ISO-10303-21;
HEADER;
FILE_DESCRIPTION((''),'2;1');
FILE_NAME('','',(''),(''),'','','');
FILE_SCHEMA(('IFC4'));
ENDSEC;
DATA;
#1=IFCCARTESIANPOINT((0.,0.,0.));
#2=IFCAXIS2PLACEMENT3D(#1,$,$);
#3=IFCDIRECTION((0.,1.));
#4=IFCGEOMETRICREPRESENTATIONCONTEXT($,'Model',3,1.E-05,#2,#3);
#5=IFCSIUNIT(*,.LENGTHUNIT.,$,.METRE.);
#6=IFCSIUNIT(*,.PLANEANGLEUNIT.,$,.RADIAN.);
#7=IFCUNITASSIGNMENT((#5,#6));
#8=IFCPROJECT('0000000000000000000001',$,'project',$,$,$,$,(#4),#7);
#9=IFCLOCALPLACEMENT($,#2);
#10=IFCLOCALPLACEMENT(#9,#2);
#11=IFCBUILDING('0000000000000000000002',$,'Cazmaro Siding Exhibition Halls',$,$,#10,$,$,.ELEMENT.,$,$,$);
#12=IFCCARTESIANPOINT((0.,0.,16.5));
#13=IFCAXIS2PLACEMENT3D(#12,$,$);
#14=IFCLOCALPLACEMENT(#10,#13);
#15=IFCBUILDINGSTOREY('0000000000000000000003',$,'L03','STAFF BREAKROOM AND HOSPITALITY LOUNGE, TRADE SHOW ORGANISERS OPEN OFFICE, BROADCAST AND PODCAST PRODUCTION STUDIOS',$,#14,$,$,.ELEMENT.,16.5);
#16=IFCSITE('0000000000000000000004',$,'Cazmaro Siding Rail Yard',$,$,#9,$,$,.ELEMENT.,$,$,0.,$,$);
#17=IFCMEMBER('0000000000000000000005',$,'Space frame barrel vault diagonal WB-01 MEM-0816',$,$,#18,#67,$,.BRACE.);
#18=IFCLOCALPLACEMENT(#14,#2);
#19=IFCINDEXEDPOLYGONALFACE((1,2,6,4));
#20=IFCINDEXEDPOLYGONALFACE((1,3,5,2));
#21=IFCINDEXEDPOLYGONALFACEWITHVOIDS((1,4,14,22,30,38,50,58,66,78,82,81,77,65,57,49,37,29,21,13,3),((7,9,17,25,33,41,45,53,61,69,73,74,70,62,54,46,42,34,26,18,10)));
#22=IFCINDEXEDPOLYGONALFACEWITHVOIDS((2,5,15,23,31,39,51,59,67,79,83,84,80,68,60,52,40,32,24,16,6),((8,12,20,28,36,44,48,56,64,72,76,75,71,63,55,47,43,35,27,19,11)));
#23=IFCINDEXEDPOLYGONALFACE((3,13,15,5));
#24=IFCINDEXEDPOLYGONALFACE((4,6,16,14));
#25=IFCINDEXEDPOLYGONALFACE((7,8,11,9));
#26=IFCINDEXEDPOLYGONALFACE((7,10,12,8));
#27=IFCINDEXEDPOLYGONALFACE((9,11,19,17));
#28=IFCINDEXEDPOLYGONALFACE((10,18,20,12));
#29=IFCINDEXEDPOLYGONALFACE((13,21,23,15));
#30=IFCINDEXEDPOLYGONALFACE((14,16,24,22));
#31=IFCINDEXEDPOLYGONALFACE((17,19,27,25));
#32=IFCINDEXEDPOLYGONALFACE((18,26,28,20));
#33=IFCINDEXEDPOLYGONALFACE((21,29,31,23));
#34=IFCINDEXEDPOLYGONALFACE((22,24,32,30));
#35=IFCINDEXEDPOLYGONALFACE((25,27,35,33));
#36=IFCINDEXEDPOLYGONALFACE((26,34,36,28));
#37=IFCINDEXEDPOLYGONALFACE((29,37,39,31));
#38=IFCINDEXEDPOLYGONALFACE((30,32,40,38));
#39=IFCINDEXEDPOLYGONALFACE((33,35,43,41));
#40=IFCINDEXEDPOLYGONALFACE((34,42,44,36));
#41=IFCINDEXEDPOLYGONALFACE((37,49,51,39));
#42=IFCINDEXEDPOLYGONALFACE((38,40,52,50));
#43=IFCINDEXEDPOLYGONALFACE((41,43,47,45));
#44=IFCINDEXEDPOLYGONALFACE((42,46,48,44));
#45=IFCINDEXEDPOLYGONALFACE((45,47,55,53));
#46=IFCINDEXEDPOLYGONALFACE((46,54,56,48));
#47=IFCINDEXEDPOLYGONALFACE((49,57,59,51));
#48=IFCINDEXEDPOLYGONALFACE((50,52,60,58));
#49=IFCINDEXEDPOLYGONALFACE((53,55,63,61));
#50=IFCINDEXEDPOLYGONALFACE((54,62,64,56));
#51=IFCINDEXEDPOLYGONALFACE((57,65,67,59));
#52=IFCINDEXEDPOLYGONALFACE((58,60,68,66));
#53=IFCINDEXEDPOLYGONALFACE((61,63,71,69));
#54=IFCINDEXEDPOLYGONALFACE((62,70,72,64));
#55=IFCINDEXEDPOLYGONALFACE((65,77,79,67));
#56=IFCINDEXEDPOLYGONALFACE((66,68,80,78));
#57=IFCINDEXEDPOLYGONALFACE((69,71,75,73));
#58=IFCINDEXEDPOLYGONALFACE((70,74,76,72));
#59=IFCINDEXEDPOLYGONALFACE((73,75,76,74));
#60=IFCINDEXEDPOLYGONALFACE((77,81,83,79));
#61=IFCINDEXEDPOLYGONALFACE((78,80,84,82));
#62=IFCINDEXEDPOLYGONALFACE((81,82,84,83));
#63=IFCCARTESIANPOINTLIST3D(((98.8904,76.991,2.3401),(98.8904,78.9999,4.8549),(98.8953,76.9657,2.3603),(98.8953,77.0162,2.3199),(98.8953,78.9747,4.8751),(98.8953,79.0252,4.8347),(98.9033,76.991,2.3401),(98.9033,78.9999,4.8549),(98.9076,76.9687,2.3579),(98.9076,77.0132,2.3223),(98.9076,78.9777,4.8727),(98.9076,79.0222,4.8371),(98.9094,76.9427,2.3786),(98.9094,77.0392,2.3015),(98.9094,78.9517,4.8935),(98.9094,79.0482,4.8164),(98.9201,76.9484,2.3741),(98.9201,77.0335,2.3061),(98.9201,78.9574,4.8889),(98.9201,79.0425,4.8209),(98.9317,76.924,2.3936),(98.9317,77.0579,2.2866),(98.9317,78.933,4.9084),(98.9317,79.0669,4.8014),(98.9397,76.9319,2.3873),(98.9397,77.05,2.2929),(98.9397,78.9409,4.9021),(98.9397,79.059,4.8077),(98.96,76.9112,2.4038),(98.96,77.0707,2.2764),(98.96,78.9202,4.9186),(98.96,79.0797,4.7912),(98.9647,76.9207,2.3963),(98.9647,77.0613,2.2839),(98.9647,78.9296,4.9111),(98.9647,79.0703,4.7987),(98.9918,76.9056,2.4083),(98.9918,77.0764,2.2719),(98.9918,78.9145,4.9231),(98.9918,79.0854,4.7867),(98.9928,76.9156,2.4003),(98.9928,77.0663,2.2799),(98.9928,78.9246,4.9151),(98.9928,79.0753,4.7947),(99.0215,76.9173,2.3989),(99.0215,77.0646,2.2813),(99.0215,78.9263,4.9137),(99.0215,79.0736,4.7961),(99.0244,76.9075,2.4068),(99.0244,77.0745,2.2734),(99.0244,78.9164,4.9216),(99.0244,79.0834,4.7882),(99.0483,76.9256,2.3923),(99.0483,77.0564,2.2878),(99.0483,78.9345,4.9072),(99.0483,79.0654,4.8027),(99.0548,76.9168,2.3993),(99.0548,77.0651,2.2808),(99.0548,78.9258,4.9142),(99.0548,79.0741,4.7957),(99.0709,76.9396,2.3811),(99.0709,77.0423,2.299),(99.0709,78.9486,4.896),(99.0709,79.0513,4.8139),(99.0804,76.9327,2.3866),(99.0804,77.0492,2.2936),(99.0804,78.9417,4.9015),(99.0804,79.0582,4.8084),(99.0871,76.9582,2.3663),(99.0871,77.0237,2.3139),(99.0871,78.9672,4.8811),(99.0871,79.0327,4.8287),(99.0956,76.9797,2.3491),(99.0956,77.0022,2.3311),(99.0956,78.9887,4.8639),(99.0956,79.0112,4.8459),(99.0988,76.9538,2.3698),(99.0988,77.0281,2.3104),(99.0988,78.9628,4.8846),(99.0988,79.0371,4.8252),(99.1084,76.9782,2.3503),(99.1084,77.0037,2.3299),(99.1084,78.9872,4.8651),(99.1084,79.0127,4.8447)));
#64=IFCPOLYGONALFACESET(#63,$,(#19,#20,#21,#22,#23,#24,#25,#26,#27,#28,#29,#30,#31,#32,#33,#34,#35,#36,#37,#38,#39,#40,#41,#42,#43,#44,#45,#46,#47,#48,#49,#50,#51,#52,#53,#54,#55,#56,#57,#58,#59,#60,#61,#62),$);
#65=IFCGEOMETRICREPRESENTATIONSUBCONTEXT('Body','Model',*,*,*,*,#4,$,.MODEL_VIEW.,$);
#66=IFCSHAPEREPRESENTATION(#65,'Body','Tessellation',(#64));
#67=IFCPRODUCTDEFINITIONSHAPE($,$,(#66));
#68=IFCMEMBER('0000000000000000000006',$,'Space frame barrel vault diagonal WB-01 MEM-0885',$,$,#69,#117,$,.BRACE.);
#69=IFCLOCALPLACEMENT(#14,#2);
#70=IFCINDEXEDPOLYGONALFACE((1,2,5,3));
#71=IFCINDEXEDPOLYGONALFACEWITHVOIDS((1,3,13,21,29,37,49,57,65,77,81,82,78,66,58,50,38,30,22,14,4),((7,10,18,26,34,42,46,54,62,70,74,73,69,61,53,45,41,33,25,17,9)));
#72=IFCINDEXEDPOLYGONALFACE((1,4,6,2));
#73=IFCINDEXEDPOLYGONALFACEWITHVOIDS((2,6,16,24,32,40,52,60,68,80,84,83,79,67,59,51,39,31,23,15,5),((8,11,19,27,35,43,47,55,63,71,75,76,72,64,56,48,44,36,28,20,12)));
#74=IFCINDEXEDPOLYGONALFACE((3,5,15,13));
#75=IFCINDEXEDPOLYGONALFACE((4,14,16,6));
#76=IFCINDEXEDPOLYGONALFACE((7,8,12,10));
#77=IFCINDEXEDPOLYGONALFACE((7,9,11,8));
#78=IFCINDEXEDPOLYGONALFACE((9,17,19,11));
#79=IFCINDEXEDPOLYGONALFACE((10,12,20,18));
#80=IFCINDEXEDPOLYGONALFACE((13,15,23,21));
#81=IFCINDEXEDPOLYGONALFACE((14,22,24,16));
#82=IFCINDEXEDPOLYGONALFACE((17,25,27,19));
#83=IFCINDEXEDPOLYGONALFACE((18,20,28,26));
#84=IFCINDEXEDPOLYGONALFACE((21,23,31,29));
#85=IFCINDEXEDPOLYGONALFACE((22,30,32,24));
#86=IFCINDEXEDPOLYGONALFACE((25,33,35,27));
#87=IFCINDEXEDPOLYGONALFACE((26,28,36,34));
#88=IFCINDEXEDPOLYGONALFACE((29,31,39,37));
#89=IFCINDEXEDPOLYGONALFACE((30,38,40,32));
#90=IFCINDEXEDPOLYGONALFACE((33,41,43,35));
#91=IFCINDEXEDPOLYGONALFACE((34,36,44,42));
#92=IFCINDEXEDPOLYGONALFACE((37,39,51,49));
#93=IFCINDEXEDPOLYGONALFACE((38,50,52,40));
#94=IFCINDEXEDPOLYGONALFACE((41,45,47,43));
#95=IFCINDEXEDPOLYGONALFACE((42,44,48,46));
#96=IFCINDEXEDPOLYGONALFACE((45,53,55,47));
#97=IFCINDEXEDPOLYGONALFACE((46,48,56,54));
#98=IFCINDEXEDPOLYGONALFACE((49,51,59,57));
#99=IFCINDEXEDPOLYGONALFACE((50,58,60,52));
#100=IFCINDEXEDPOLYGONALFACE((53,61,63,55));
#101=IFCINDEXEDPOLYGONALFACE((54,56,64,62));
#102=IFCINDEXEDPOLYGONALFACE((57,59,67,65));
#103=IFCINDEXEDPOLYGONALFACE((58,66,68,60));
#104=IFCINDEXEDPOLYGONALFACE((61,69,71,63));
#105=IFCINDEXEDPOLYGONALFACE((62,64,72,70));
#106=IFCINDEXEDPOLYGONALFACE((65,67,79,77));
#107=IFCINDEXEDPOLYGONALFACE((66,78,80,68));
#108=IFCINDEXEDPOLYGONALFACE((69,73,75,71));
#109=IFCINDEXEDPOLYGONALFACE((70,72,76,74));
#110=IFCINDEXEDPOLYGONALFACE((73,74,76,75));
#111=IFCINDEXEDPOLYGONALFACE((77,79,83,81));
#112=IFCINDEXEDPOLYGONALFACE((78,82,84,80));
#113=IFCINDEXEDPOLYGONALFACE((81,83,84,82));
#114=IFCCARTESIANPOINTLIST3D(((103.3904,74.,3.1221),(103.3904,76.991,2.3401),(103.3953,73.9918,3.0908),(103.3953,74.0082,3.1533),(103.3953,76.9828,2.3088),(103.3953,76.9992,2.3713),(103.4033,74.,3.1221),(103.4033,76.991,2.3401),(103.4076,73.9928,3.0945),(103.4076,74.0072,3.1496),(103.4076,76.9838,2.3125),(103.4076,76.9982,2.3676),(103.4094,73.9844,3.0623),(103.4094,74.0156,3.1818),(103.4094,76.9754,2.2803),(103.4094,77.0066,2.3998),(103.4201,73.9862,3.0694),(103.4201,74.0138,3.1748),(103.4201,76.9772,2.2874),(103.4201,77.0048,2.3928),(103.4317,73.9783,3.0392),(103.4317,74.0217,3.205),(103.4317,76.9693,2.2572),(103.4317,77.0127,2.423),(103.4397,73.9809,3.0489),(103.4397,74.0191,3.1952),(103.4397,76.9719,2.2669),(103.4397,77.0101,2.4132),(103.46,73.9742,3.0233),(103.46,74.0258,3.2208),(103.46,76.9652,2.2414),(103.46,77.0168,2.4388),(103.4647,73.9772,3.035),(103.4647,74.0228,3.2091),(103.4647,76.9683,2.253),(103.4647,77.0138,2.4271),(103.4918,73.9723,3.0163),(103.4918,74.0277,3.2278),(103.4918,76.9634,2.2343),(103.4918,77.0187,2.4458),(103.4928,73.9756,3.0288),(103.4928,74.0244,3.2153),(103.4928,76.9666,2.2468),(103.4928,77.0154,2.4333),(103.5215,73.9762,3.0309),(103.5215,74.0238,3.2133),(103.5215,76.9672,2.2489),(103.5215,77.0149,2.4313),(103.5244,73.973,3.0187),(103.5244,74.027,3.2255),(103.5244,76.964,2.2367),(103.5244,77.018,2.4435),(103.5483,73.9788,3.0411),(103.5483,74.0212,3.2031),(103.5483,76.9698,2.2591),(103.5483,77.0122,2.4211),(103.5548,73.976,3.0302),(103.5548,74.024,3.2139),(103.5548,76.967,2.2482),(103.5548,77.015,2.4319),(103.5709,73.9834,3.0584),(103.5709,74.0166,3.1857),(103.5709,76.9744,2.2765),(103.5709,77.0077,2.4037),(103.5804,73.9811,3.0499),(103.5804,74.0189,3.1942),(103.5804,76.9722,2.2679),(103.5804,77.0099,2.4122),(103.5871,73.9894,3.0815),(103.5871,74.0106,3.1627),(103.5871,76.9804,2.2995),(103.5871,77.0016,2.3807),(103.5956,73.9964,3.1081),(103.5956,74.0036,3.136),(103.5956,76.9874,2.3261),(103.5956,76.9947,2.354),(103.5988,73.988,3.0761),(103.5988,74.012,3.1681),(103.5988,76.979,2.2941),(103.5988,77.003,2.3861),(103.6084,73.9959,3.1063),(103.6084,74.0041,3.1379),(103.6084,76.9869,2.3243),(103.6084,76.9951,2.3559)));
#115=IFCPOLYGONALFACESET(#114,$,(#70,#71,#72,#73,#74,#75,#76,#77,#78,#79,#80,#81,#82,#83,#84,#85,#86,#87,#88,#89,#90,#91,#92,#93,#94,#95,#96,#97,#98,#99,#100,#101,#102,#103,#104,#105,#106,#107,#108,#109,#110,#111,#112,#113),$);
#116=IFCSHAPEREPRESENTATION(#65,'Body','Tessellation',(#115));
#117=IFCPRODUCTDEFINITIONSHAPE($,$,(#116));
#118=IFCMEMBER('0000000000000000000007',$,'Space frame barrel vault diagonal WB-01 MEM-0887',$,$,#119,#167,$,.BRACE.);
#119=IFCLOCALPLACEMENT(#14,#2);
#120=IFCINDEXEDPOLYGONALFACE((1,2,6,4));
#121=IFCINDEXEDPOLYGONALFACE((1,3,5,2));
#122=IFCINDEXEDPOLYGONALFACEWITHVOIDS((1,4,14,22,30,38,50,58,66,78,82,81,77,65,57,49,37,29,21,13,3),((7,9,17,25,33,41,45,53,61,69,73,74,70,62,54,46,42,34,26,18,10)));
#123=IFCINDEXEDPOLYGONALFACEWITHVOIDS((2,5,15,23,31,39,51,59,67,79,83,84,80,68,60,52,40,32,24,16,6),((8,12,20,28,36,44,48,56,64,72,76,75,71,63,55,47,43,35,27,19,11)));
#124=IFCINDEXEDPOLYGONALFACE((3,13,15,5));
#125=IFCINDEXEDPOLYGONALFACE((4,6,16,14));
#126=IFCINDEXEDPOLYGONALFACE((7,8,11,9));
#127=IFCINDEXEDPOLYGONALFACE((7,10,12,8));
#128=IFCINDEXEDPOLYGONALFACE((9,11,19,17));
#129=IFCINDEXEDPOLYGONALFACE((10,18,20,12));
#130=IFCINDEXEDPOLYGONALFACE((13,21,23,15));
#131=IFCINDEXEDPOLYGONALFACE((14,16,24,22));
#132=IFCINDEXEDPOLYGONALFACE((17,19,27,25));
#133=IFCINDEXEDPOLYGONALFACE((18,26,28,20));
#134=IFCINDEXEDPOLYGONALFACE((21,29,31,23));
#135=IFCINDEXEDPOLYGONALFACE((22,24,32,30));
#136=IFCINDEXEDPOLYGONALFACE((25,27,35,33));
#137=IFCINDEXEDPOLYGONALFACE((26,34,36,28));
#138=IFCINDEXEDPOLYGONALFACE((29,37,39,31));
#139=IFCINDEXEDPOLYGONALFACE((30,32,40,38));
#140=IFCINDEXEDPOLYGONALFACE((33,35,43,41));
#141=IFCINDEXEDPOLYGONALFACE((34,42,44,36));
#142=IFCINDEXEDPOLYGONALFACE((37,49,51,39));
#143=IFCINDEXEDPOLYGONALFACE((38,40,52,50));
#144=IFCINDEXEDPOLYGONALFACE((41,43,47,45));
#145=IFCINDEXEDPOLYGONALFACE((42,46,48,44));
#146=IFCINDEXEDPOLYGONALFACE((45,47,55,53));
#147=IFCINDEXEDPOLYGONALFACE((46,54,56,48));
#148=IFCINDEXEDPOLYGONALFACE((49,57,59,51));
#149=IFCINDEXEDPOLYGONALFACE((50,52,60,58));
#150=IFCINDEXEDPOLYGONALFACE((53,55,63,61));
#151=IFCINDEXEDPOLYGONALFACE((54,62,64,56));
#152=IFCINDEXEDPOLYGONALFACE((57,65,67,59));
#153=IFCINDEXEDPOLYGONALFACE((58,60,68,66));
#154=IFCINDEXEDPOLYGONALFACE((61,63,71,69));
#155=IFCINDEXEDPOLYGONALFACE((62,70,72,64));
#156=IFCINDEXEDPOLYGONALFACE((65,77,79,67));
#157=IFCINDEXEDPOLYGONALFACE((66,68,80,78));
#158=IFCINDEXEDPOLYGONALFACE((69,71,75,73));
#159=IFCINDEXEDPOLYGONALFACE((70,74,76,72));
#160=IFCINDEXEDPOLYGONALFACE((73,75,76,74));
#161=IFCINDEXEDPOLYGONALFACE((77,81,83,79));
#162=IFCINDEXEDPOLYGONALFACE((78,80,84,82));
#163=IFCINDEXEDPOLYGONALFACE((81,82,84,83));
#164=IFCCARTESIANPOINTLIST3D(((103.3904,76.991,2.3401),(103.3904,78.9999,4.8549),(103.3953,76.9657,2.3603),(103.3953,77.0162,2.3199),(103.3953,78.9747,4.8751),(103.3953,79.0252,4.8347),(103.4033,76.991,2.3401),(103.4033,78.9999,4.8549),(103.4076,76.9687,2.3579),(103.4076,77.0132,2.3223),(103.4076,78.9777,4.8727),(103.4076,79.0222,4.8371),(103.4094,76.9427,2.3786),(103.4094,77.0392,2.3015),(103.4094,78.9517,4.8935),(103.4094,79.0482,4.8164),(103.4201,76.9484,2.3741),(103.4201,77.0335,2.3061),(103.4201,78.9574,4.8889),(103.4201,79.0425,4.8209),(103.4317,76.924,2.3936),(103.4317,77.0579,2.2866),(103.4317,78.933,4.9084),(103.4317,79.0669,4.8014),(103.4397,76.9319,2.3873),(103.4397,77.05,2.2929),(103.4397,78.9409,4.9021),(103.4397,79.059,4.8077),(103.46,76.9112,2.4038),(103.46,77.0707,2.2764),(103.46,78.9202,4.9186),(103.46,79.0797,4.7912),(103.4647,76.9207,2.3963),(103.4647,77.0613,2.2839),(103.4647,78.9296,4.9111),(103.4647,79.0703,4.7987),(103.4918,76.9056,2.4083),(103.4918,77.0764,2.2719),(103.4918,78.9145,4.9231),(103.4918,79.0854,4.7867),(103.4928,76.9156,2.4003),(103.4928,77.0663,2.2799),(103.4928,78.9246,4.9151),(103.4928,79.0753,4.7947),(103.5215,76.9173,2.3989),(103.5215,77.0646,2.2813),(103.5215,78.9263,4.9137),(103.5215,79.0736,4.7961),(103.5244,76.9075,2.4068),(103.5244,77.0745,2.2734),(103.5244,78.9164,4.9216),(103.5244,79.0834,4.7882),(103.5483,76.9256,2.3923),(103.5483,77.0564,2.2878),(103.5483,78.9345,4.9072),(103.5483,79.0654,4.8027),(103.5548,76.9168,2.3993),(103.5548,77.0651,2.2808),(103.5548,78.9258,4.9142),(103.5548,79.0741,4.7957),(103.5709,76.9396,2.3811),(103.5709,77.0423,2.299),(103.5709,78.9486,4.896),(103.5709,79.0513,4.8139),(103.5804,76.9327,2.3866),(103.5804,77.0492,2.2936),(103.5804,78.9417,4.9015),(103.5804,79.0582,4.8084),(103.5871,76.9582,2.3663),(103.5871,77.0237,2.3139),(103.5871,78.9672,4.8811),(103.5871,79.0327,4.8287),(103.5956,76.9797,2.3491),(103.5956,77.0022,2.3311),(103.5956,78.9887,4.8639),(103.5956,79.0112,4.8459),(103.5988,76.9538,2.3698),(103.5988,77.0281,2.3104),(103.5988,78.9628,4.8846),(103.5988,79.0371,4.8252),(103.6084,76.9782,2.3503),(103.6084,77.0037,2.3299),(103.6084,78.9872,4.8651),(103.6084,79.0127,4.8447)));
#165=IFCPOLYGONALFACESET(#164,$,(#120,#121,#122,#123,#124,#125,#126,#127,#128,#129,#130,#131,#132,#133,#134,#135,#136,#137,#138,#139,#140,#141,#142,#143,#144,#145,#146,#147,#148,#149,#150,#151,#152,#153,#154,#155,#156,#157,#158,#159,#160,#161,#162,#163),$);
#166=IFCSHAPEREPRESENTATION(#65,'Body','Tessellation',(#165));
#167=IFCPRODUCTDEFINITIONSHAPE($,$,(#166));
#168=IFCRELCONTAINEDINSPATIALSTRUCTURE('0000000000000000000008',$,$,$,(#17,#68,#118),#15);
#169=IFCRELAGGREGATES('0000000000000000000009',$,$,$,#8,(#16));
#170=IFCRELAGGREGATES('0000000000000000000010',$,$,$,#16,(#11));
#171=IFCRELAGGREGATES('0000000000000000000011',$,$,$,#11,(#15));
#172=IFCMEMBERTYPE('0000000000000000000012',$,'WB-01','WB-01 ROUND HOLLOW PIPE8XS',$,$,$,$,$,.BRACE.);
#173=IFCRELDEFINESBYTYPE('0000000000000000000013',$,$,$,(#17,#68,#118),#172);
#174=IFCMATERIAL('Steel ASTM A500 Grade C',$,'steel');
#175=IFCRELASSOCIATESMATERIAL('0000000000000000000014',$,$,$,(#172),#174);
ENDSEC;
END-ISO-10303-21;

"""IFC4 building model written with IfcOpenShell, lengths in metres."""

from ifc_helpers import new_model, si_unit, direction, frame, origin, origin_2d, place, context, subcontext, project, spatial, hollow_circle, extrude, material, material_profile, profile_set, type_object, element, save


model = new_model("IFC4")

# Units and contexts
model_context = context("Model", 3, precision=1e-05, world=origin(), true_north=direction((0.0, 1.0)))
body_context = subcontext(model_context, "Body", "Model", "MODEL_VIEW")
ifc_project = project(units=[si_unit("LENGTHUNIT", "METRE"), si_unit("PLANEANGLEUNIT", "RADIAN")], contexts=[model_context])

# Site, building, storey
site_placement = place(None, origin())
site = spatial("IfcSite", under=ifc_project, at=site_placement, Name="Cazmaro Siding Rail Yard", CompositionType="ELEMENT", RefElevation=0.0)
building_placement = place(site_placement, origin())
building = spatial("IfcBuilding", under=site, at=building_placement, Name="Cazmaro Siding Exhibition Halls", CompositionType="ELEMENT")
storey_placement = place(building_placement, frame((0.0, 0.0, 16.5)))
storey = spatial("IfcBuildingStorey", under=building, at=storey_placement, Name="L03", Description="STAFF BREAKROOM AND HOSPITALITY LOUNGE, TRADE SHOW ORGANISERS OPEN OFFICE, BROADCAST AND PODCAST PRODUCTION STUDIOS", CompositionType="ELEMENT", Elevation=16.5)

# Members
ifc_material_1 = material(Name="Steel ASTM A500 Grade C", Category="steel")
ifc_material_profile_1 = material_profile(ifc_material_1, hollow_circle(Radius=0.1096, WallThickness=0.0129, at=origin_2d()), Name="PIPE8XS")
ifc_profile_set_1 = profile_set([ifc_material_profile_1], Name="Steel ASTM A500 Grade C")
member_type_1 = type_object("IfcMemberType", Name="WB-01", Description="WB-01 ROUND HOLLOW PIPE8XS", PredefinedType="BRACE", material=ifc_profile_set_1)
member_1_placement = place(storey_placement, frame((99.0, 76.991, 2.3401), z_axis=(0.0, 0.624149, 0.781305), x_axis=(-1.0, 0.0, 0.0)))
element("IfcMember", 1, at=member_1_placement, inside=storey, type_object=member_type_1, Name="Space frame barrel vault diagonal WB-01 MEM-0816", PredefinedType="BRACE", context=body_context, shape_type="SweptSolid", body=[
    extrude(hollow_circle(Radius=0.1096, WallThickness=0.0129, at=origin_2d()), origin(), (0.0, 0.0, 1.0), 3.2188),
])
member_2_placement = place(storey_placement, frame((103.5, 74.0, 3.1221), z_axis=(0.0, 0.96748, -0.252946), x_axis=(-1.0, 0.0, 0.0)))
element("IfcMember", 2, at=member_2_placement, inside=storey, type_object=member_type_1, Name="Space frame barrel vault diagonal WB-01 MEM-0885", PredefinedType="BRACE", context=body_context, shape_type="SweptSolid", body=[
    extrude(hollow_circle(Radius=0.1096, WallThickness=0.0129, at=origin_2d()), origin(), (0.0, 0.0, 1.0), 3.0916),
])
member_3_placement = place(storey_placement, frame((103.5, 76.991, 2.3401), z_axis=(0.0, 0.624149, 0.781305), x_axis=(-1.0, 0.0, 0.0)))
element("IfcMember", 3, at=member_3_placement, inside=storey, type_object=member_type_1, Name="Space frame barrel vault diagonal WB-01 MEM-0887", PredefinedType="BRACE", context=body_context, shape_type="SweptSolid", body=[
    extrude(hollow_circle(Radius=0.1096, WallThickness=0.0129, at=origin_2d()), origin(), (0.0, 0.0, 1.0), 3.2188),
])

save(model, "model.ifc")
